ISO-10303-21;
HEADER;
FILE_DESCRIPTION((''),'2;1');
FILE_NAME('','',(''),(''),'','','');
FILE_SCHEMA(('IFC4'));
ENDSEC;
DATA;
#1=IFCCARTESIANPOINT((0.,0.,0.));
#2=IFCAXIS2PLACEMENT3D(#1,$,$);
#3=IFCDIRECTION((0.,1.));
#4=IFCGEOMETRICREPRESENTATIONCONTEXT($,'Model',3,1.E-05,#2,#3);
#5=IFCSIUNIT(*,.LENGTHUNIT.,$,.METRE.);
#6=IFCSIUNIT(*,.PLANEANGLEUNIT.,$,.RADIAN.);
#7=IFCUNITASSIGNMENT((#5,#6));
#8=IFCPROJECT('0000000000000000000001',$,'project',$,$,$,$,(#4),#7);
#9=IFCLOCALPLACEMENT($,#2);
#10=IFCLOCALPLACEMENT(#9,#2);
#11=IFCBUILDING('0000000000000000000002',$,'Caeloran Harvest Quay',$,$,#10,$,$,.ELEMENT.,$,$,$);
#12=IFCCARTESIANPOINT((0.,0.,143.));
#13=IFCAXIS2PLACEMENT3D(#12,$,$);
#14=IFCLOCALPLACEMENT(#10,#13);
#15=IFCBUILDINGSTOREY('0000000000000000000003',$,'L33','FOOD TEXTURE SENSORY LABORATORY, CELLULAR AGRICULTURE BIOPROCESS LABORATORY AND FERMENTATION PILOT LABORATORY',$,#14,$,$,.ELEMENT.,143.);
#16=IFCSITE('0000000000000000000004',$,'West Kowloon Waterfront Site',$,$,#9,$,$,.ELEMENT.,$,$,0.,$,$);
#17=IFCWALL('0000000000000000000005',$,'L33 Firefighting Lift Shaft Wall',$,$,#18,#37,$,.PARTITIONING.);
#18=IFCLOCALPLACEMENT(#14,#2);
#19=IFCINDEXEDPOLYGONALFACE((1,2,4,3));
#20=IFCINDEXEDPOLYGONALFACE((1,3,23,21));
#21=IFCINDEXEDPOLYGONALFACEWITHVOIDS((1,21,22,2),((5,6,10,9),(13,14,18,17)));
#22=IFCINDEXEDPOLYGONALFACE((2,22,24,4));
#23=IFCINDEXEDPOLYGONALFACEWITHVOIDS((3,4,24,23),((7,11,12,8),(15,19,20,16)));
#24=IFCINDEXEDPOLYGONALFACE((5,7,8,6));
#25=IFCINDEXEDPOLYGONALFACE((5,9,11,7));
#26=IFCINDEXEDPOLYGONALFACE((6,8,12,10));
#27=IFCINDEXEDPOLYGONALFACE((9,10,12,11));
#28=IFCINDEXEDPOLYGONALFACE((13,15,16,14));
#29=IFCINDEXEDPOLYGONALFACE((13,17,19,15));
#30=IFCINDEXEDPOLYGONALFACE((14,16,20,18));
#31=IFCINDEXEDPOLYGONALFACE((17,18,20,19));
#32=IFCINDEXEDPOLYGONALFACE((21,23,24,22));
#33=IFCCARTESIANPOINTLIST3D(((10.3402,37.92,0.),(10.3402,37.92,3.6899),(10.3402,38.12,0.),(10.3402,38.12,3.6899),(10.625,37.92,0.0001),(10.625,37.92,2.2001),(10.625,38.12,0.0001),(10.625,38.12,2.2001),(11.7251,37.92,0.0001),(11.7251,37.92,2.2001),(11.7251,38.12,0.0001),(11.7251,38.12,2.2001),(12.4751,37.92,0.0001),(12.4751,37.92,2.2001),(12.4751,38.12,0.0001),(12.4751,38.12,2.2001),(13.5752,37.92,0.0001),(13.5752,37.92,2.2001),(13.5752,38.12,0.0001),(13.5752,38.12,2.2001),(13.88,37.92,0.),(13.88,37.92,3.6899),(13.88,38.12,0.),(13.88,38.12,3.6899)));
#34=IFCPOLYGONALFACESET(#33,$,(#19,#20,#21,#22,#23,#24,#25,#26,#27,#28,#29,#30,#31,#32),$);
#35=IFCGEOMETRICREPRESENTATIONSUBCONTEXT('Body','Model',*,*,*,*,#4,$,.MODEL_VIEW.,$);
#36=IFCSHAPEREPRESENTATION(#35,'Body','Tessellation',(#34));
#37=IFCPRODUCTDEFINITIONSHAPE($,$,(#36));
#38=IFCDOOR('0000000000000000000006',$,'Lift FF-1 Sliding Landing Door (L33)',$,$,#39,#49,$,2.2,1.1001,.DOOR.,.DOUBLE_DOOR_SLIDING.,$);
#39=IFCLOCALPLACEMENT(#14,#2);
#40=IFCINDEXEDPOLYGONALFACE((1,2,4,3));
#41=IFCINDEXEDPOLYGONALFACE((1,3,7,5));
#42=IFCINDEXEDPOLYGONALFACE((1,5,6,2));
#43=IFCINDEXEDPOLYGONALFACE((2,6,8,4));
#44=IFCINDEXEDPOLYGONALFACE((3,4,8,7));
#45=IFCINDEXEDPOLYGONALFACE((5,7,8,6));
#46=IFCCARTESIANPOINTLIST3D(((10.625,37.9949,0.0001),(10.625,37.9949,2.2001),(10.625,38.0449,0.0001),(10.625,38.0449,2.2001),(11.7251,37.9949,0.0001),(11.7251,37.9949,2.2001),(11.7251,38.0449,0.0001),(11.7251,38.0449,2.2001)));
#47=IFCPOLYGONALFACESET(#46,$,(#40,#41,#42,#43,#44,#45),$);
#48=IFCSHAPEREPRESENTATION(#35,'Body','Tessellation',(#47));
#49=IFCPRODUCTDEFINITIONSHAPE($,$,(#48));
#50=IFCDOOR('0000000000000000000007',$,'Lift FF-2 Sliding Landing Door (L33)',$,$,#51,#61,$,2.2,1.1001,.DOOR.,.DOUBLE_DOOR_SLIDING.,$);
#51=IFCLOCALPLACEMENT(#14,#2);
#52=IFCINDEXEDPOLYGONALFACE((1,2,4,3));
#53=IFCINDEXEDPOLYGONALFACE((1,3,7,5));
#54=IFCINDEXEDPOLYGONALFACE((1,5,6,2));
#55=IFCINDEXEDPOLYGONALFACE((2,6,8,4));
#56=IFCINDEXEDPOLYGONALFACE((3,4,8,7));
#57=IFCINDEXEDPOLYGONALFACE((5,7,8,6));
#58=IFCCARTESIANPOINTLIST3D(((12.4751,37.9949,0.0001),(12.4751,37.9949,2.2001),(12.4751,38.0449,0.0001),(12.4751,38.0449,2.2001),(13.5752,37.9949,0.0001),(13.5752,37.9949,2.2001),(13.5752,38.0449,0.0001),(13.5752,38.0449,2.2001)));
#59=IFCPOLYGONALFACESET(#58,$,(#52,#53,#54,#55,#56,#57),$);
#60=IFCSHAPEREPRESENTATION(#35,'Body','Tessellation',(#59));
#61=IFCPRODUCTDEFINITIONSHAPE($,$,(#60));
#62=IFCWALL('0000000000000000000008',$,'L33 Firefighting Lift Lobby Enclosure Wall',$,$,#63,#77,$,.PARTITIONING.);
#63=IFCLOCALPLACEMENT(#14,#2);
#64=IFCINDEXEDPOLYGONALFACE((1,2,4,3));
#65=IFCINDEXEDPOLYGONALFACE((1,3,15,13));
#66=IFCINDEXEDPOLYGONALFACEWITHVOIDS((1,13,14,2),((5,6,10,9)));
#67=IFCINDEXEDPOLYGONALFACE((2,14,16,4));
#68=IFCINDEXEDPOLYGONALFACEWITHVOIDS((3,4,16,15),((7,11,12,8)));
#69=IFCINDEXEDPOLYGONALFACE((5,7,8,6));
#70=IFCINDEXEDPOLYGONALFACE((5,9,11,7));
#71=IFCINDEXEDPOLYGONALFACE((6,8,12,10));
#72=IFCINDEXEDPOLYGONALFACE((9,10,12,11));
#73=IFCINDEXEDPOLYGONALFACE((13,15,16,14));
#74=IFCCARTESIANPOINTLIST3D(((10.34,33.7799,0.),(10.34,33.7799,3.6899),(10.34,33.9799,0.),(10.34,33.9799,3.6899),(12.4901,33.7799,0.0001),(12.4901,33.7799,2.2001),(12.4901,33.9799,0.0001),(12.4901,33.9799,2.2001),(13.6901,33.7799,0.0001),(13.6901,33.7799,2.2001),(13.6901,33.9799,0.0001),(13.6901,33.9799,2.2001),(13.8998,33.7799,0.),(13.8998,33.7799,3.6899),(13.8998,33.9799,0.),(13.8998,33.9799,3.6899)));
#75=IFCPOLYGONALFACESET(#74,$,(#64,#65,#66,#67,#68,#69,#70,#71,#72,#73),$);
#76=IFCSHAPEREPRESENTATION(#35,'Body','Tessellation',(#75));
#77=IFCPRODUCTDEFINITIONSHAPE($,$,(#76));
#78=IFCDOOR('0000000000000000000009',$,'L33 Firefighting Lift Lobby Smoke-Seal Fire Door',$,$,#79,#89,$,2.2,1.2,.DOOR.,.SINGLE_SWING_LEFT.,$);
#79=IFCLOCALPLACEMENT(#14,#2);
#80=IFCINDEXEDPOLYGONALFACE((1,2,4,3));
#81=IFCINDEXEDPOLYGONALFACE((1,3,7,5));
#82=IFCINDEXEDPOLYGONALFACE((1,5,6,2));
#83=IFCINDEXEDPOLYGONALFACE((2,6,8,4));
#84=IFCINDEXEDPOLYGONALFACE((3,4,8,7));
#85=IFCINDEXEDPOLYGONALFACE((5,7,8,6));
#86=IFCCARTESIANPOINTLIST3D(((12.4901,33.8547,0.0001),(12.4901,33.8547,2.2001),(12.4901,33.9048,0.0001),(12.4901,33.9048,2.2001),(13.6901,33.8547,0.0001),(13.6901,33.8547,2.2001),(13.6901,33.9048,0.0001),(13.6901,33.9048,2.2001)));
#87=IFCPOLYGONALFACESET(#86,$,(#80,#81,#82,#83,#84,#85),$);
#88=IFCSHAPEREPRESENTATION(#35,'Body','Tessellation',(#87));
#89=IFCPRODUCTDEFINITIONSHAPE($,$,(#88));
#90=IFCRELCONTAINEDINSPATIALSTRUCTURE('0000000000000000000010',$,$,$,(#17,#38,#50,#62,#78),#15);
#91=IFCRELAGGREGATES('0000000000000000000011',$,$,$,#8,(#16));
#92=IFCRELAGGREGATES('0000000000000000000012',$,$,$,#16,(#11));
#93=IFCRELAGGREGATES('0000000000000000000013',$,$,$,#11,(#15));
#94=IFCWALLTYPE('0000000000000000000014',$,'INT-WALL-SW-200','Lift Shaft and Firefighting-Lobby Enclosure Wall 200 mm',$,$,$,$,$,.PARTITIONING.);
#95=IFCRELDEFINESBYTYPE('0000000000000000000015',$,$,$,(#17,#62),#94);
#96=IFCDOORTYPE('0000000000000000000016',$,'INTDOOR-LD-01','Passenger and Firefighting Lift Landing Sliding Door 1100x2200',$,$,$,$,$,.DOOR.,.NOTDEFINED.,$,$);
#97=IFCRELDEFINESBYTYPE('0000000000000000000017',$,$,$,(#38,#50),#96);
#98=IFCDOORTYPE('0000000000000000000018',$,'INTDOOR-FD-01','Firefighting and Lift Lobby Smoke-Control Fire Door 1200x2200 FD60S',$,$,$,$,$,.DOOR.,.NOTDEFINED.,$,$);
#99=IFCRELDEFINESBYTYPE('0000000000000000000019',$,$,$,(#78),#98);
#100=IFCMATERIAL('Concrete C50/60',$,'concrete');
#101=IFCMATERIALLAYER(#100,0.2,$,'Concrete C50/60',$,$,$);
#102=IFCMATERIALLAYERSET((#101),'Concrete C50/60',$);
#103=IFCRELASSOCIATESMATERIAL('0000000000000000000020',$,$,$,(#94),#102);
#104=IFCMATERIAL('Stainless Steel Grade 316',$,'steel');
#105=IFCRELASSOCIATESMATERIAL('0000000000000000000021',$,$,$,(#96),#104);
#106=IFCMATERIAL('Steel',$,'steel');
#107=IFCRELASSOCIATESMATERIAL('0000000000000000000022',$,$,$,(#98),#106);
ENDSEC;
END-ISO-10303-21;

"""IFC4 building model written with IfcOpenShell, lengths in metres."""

from ifc_helpers import new_model, si_unit, direction, frame, frame_2d, origin, place, context, subcontext, project, spatial, rectangle, extrude, material, layer, layer_set, type_object, element, fill, save


model = new_model("IFC4")

# Units and contexts
model_context = context("Model", 3, precision=1e-05, world=origin(), true_north=direction((0.0, 1.0)))
body_context = subcontext(model_context, "Body", "Model", "MODEL_VIEW")
ifc_project = project(units=[si_unit("LENGTHUNIT", "METRE"), si_unit("PLANEANGLEUNIT", "RADIAN")], contexts=[model_context])

# Site, building, storey
site_placement = place(None, origin())
site = spatial("IfcSite", under=ifc_project, at=site_placement, Name="West Kowloon Waterfront Site", CompositionType="ELEMENT", RefElevation=0.0)
building_placement = place(site_placement, origin())
building = spatial("IfcBuilding", under=site, at=building_placement, Name="Caeloran Harvest Quay", CompositionType="ELEMENT")
storey_placement = place(building_placement, frame((0.0, 0.0, 143.0)))
storey = spatial("IfcBuildingStorey", under=building, at=storey_placement, Name="L33", Description="FOOD TEXTURE SENSORY LABORATORY, CELLULAR AGRICULTURE BIOPROCESS LABORATORY AND FERMENTATION PILOT LABORATORY", CompositionType="ELEMENT", Elevation=143.0)

# Shared definitions
ifc_material_1 = material(Name="Concrete C50/60", Category="concrete")
ifc_layer_1 = layer(ifc_material_1, 0.2, Name="Concrete C50/60")
ifc_layer_set_1 = layer_set([ifc_layer_1], Name="Concrete C50/60")
wall_type_1 = type_object("IfcWallType", Name="INT-WALL-SW-200", Description="Lift Shaft and Firefighting-Lobby Enclosure Wall 200 mm", PredefinedType="PARTITIONING", material=ifc_layer_set_1)

# Wall, openings, doors
wall_1_placement = place(storey_placement, frame((10.3401, 38.02, 0.0), z_axis=(0.0, 0.0, 1.0), x_axis=(1.0, 0.0, 0.0)))
wall_1 = element("IfcWall", 1, at=wall_1_placement, inside=storey, type_object=wall_type_1, Name="L33 Firefighting Lift Shaft Wall", PredefinedType="PARTITIONING", context=body_context, shape_type="SweptSolid", body=[
    extrude(rectangle(XDim=3.5398, YDim=0.2, at=frame_2d((1.77, 0.0))), origin(), (0.0, 0.0, 1.0), 3.6899),
])
opening_1_placement = place(wall_1_placement, frame((0.2849, 0.0, 0.0)))
opening_1 = element("IfcOpeningElement", 2, at=opening_1_placement, cuts=wall_1, PredefinedType="OPENING", context=body_context, shape_type="SweptSolid", body=[
    extrude(rectangle(XDim=1.1001, YDim=2.2, at=frame_2d((0.55, 1.1001))), frame((0.0, 0.1099, 0.0), z_axis=(0.0, -1.0, 0.0), x_axis=(1.0, 0.0, 0.0)), (0.0, 0.0, 1.0), 0.22),
])
opening_2_placement = place(wall_1_placement, frame((2.135, 0.0, 0.0)))
opening_2 = element("IfcOpeningElement", 3, at=opening_2_placement, cuts=wall_1, PredefinedType="OPENING", context=body_context, shape_type="SweptSolid", body=[
    extrude(rectangle(XDim=1.1001, YDim=2.2, at=frame_2d((0.55, 1.1001))), frame((0.0, 0.1099, 0.0), z_axis=(0.0, -1.0, 0.0), x_axis=(1.0, 0.0, 0.0)), (0.0, 0.0, 1.0), 0.22),
])
ifc_material_2 = material(Name="Stainless Steel Grade 316", Category="steel")
door_type_1 = type_object("IfcDoorType", Name="INTDOOR-LD-01", Description="Passenger and Firefighting Lift Landing Sliding Door 1100x2200", OperationType="NOTDEFINED", PredefinedType="DOOR", material=ifc_material_2)
door_1_placement = place(opening_1_placement, origin())
door_1 = element("IfcDoor", 4, at=door_1_placement, inside=storey, type_object=door_type_1, Name="Lift FF-1 Sliding Landing Door (L33)", OperationType="DOUBLE_DOOR_SLIDING", OverallHeight=2.2, OverallWidth=1.1001, PredefinedType="DOOR", context=body_context, shape_type="SweptSolid", body=[
    extrude(rectangle(XDim=1.1001, YDim=2.2, at=frame_2d((0.55, 1.1001))), frame((0.0, 0.0249, 0.0), z_axis=(0.0, -1.0, 0.0), x_axis=(1.0, 0.0, 0.0)), (0.0, 0.0, 1.0), 0.05),
])
fill(opening_1, door_1)
door_2_placement = place(opening_2_placement, origin())
door_2 = element("IfcDoor", 5, at=door_2_placement, inside=storey, type_object=door_type_1, Name="Lift FF-2 Sliding Landing Door (L33)", OperationType="DOUBLE_DOOR_SLIDING", OverallHeight=2.2, OverallWidth=1.1001, PredefinedType="DOOR", context=body_context, shape_type="SweptSolid", body=[
    extrude(rectangle(XDim=1.1001, YDim=2.2, at=frame_2d((0.55, 1.1001))), frame((0.0, 0.0249, 0.0), z_axis=(0.0, -1.0, 0.0), x_axis=(1.0, 0.0, 0.0)), (0.0, 0.0, 1.0), 0.05),
])
fill(opening_2, door_2)

# Wall, opening, door
wall_2_placement = place(storey_placement, frame((10.3401, 33.8799, 0.0), z_axis=(0.0, 0.0, 1.0), x_axis=(1.0, 0.0, 0.0)))
wall_2 = element("IfcWall", 6, at=wall_2_placement, inside=storey, type_object=wall_type_1, Name="L33 Firefighting Lift Lobby Enclosure Wall", PredefinedType="PARTITIONING", context=body_context, shape_type="SweptSolid", body=[
    extrude(rectangle(XDim=3.5598, YDim=0.2, at=frame_2d((1.7798, 0.0))), origin(), (0.0, 0.0, 1.0), 3.6899),
])
opening_3_placement = place(wall_2_placement, frame((2.1499, 0.0, 0.0)))
opening_3 = element("IfcOpeningElement", 7, at=opening_3_placement, cuts=wall_2, PredefinedType="OPENING", context=body_context, shape_type="SweptSolid", body=[
    extrude(rectangle(XDim=1.2, YDim=2.2, at=frame_2d((0.6001, 1.1001))), frame((0.0, 0.1099, 0.0), z_axis=(0.0, -1.0, 0.0), x_axis=(1.0, 0.0, 0.0)), (0.0, 0.0, 1.0), 0.22),
])
ifc_material_3 = material(Name="Steel", Category="steel")
door_type_2 = type_object("IfcDoorType", Name="INTDOOR-FD-01", Description="Firefighting and Lift Lobby Smoke-Control Fire Door 1200x2200 FD60S", OperationType="NOTDEFINED", PredefinedType="DOOR", material=ifc_material_3)
door_3_placement = place(opening_3_placement, origin())
door_3 = element("IfcDoor", 8, at=door_3_placement, inside=storey, type_object=door_type_2, Name="L33 Firefighting Lift Lobby Smoke-Seal Fire Door", OperationType="SINGLE_SWING_LEFT", OverallHeight=2.2, OverallWidth=1.2, PredefinedType="DOOR", context=body_context, shape_type="SweptSolid", body=[
    extrude(rectangle(XDim=1.2, YDim=2.2, at=frame_2d((0.6001, 1.1001))), frame((0.0, 0.0249, 0.0), z_axis=(0.0, -1.0, 0.0), x_axis=(1.0, 0.0, 0.0)), (0.0, 0.0, 1.0), 0.05),
])
fill(opening_3, door_3)

save(model, "model.ifc")
